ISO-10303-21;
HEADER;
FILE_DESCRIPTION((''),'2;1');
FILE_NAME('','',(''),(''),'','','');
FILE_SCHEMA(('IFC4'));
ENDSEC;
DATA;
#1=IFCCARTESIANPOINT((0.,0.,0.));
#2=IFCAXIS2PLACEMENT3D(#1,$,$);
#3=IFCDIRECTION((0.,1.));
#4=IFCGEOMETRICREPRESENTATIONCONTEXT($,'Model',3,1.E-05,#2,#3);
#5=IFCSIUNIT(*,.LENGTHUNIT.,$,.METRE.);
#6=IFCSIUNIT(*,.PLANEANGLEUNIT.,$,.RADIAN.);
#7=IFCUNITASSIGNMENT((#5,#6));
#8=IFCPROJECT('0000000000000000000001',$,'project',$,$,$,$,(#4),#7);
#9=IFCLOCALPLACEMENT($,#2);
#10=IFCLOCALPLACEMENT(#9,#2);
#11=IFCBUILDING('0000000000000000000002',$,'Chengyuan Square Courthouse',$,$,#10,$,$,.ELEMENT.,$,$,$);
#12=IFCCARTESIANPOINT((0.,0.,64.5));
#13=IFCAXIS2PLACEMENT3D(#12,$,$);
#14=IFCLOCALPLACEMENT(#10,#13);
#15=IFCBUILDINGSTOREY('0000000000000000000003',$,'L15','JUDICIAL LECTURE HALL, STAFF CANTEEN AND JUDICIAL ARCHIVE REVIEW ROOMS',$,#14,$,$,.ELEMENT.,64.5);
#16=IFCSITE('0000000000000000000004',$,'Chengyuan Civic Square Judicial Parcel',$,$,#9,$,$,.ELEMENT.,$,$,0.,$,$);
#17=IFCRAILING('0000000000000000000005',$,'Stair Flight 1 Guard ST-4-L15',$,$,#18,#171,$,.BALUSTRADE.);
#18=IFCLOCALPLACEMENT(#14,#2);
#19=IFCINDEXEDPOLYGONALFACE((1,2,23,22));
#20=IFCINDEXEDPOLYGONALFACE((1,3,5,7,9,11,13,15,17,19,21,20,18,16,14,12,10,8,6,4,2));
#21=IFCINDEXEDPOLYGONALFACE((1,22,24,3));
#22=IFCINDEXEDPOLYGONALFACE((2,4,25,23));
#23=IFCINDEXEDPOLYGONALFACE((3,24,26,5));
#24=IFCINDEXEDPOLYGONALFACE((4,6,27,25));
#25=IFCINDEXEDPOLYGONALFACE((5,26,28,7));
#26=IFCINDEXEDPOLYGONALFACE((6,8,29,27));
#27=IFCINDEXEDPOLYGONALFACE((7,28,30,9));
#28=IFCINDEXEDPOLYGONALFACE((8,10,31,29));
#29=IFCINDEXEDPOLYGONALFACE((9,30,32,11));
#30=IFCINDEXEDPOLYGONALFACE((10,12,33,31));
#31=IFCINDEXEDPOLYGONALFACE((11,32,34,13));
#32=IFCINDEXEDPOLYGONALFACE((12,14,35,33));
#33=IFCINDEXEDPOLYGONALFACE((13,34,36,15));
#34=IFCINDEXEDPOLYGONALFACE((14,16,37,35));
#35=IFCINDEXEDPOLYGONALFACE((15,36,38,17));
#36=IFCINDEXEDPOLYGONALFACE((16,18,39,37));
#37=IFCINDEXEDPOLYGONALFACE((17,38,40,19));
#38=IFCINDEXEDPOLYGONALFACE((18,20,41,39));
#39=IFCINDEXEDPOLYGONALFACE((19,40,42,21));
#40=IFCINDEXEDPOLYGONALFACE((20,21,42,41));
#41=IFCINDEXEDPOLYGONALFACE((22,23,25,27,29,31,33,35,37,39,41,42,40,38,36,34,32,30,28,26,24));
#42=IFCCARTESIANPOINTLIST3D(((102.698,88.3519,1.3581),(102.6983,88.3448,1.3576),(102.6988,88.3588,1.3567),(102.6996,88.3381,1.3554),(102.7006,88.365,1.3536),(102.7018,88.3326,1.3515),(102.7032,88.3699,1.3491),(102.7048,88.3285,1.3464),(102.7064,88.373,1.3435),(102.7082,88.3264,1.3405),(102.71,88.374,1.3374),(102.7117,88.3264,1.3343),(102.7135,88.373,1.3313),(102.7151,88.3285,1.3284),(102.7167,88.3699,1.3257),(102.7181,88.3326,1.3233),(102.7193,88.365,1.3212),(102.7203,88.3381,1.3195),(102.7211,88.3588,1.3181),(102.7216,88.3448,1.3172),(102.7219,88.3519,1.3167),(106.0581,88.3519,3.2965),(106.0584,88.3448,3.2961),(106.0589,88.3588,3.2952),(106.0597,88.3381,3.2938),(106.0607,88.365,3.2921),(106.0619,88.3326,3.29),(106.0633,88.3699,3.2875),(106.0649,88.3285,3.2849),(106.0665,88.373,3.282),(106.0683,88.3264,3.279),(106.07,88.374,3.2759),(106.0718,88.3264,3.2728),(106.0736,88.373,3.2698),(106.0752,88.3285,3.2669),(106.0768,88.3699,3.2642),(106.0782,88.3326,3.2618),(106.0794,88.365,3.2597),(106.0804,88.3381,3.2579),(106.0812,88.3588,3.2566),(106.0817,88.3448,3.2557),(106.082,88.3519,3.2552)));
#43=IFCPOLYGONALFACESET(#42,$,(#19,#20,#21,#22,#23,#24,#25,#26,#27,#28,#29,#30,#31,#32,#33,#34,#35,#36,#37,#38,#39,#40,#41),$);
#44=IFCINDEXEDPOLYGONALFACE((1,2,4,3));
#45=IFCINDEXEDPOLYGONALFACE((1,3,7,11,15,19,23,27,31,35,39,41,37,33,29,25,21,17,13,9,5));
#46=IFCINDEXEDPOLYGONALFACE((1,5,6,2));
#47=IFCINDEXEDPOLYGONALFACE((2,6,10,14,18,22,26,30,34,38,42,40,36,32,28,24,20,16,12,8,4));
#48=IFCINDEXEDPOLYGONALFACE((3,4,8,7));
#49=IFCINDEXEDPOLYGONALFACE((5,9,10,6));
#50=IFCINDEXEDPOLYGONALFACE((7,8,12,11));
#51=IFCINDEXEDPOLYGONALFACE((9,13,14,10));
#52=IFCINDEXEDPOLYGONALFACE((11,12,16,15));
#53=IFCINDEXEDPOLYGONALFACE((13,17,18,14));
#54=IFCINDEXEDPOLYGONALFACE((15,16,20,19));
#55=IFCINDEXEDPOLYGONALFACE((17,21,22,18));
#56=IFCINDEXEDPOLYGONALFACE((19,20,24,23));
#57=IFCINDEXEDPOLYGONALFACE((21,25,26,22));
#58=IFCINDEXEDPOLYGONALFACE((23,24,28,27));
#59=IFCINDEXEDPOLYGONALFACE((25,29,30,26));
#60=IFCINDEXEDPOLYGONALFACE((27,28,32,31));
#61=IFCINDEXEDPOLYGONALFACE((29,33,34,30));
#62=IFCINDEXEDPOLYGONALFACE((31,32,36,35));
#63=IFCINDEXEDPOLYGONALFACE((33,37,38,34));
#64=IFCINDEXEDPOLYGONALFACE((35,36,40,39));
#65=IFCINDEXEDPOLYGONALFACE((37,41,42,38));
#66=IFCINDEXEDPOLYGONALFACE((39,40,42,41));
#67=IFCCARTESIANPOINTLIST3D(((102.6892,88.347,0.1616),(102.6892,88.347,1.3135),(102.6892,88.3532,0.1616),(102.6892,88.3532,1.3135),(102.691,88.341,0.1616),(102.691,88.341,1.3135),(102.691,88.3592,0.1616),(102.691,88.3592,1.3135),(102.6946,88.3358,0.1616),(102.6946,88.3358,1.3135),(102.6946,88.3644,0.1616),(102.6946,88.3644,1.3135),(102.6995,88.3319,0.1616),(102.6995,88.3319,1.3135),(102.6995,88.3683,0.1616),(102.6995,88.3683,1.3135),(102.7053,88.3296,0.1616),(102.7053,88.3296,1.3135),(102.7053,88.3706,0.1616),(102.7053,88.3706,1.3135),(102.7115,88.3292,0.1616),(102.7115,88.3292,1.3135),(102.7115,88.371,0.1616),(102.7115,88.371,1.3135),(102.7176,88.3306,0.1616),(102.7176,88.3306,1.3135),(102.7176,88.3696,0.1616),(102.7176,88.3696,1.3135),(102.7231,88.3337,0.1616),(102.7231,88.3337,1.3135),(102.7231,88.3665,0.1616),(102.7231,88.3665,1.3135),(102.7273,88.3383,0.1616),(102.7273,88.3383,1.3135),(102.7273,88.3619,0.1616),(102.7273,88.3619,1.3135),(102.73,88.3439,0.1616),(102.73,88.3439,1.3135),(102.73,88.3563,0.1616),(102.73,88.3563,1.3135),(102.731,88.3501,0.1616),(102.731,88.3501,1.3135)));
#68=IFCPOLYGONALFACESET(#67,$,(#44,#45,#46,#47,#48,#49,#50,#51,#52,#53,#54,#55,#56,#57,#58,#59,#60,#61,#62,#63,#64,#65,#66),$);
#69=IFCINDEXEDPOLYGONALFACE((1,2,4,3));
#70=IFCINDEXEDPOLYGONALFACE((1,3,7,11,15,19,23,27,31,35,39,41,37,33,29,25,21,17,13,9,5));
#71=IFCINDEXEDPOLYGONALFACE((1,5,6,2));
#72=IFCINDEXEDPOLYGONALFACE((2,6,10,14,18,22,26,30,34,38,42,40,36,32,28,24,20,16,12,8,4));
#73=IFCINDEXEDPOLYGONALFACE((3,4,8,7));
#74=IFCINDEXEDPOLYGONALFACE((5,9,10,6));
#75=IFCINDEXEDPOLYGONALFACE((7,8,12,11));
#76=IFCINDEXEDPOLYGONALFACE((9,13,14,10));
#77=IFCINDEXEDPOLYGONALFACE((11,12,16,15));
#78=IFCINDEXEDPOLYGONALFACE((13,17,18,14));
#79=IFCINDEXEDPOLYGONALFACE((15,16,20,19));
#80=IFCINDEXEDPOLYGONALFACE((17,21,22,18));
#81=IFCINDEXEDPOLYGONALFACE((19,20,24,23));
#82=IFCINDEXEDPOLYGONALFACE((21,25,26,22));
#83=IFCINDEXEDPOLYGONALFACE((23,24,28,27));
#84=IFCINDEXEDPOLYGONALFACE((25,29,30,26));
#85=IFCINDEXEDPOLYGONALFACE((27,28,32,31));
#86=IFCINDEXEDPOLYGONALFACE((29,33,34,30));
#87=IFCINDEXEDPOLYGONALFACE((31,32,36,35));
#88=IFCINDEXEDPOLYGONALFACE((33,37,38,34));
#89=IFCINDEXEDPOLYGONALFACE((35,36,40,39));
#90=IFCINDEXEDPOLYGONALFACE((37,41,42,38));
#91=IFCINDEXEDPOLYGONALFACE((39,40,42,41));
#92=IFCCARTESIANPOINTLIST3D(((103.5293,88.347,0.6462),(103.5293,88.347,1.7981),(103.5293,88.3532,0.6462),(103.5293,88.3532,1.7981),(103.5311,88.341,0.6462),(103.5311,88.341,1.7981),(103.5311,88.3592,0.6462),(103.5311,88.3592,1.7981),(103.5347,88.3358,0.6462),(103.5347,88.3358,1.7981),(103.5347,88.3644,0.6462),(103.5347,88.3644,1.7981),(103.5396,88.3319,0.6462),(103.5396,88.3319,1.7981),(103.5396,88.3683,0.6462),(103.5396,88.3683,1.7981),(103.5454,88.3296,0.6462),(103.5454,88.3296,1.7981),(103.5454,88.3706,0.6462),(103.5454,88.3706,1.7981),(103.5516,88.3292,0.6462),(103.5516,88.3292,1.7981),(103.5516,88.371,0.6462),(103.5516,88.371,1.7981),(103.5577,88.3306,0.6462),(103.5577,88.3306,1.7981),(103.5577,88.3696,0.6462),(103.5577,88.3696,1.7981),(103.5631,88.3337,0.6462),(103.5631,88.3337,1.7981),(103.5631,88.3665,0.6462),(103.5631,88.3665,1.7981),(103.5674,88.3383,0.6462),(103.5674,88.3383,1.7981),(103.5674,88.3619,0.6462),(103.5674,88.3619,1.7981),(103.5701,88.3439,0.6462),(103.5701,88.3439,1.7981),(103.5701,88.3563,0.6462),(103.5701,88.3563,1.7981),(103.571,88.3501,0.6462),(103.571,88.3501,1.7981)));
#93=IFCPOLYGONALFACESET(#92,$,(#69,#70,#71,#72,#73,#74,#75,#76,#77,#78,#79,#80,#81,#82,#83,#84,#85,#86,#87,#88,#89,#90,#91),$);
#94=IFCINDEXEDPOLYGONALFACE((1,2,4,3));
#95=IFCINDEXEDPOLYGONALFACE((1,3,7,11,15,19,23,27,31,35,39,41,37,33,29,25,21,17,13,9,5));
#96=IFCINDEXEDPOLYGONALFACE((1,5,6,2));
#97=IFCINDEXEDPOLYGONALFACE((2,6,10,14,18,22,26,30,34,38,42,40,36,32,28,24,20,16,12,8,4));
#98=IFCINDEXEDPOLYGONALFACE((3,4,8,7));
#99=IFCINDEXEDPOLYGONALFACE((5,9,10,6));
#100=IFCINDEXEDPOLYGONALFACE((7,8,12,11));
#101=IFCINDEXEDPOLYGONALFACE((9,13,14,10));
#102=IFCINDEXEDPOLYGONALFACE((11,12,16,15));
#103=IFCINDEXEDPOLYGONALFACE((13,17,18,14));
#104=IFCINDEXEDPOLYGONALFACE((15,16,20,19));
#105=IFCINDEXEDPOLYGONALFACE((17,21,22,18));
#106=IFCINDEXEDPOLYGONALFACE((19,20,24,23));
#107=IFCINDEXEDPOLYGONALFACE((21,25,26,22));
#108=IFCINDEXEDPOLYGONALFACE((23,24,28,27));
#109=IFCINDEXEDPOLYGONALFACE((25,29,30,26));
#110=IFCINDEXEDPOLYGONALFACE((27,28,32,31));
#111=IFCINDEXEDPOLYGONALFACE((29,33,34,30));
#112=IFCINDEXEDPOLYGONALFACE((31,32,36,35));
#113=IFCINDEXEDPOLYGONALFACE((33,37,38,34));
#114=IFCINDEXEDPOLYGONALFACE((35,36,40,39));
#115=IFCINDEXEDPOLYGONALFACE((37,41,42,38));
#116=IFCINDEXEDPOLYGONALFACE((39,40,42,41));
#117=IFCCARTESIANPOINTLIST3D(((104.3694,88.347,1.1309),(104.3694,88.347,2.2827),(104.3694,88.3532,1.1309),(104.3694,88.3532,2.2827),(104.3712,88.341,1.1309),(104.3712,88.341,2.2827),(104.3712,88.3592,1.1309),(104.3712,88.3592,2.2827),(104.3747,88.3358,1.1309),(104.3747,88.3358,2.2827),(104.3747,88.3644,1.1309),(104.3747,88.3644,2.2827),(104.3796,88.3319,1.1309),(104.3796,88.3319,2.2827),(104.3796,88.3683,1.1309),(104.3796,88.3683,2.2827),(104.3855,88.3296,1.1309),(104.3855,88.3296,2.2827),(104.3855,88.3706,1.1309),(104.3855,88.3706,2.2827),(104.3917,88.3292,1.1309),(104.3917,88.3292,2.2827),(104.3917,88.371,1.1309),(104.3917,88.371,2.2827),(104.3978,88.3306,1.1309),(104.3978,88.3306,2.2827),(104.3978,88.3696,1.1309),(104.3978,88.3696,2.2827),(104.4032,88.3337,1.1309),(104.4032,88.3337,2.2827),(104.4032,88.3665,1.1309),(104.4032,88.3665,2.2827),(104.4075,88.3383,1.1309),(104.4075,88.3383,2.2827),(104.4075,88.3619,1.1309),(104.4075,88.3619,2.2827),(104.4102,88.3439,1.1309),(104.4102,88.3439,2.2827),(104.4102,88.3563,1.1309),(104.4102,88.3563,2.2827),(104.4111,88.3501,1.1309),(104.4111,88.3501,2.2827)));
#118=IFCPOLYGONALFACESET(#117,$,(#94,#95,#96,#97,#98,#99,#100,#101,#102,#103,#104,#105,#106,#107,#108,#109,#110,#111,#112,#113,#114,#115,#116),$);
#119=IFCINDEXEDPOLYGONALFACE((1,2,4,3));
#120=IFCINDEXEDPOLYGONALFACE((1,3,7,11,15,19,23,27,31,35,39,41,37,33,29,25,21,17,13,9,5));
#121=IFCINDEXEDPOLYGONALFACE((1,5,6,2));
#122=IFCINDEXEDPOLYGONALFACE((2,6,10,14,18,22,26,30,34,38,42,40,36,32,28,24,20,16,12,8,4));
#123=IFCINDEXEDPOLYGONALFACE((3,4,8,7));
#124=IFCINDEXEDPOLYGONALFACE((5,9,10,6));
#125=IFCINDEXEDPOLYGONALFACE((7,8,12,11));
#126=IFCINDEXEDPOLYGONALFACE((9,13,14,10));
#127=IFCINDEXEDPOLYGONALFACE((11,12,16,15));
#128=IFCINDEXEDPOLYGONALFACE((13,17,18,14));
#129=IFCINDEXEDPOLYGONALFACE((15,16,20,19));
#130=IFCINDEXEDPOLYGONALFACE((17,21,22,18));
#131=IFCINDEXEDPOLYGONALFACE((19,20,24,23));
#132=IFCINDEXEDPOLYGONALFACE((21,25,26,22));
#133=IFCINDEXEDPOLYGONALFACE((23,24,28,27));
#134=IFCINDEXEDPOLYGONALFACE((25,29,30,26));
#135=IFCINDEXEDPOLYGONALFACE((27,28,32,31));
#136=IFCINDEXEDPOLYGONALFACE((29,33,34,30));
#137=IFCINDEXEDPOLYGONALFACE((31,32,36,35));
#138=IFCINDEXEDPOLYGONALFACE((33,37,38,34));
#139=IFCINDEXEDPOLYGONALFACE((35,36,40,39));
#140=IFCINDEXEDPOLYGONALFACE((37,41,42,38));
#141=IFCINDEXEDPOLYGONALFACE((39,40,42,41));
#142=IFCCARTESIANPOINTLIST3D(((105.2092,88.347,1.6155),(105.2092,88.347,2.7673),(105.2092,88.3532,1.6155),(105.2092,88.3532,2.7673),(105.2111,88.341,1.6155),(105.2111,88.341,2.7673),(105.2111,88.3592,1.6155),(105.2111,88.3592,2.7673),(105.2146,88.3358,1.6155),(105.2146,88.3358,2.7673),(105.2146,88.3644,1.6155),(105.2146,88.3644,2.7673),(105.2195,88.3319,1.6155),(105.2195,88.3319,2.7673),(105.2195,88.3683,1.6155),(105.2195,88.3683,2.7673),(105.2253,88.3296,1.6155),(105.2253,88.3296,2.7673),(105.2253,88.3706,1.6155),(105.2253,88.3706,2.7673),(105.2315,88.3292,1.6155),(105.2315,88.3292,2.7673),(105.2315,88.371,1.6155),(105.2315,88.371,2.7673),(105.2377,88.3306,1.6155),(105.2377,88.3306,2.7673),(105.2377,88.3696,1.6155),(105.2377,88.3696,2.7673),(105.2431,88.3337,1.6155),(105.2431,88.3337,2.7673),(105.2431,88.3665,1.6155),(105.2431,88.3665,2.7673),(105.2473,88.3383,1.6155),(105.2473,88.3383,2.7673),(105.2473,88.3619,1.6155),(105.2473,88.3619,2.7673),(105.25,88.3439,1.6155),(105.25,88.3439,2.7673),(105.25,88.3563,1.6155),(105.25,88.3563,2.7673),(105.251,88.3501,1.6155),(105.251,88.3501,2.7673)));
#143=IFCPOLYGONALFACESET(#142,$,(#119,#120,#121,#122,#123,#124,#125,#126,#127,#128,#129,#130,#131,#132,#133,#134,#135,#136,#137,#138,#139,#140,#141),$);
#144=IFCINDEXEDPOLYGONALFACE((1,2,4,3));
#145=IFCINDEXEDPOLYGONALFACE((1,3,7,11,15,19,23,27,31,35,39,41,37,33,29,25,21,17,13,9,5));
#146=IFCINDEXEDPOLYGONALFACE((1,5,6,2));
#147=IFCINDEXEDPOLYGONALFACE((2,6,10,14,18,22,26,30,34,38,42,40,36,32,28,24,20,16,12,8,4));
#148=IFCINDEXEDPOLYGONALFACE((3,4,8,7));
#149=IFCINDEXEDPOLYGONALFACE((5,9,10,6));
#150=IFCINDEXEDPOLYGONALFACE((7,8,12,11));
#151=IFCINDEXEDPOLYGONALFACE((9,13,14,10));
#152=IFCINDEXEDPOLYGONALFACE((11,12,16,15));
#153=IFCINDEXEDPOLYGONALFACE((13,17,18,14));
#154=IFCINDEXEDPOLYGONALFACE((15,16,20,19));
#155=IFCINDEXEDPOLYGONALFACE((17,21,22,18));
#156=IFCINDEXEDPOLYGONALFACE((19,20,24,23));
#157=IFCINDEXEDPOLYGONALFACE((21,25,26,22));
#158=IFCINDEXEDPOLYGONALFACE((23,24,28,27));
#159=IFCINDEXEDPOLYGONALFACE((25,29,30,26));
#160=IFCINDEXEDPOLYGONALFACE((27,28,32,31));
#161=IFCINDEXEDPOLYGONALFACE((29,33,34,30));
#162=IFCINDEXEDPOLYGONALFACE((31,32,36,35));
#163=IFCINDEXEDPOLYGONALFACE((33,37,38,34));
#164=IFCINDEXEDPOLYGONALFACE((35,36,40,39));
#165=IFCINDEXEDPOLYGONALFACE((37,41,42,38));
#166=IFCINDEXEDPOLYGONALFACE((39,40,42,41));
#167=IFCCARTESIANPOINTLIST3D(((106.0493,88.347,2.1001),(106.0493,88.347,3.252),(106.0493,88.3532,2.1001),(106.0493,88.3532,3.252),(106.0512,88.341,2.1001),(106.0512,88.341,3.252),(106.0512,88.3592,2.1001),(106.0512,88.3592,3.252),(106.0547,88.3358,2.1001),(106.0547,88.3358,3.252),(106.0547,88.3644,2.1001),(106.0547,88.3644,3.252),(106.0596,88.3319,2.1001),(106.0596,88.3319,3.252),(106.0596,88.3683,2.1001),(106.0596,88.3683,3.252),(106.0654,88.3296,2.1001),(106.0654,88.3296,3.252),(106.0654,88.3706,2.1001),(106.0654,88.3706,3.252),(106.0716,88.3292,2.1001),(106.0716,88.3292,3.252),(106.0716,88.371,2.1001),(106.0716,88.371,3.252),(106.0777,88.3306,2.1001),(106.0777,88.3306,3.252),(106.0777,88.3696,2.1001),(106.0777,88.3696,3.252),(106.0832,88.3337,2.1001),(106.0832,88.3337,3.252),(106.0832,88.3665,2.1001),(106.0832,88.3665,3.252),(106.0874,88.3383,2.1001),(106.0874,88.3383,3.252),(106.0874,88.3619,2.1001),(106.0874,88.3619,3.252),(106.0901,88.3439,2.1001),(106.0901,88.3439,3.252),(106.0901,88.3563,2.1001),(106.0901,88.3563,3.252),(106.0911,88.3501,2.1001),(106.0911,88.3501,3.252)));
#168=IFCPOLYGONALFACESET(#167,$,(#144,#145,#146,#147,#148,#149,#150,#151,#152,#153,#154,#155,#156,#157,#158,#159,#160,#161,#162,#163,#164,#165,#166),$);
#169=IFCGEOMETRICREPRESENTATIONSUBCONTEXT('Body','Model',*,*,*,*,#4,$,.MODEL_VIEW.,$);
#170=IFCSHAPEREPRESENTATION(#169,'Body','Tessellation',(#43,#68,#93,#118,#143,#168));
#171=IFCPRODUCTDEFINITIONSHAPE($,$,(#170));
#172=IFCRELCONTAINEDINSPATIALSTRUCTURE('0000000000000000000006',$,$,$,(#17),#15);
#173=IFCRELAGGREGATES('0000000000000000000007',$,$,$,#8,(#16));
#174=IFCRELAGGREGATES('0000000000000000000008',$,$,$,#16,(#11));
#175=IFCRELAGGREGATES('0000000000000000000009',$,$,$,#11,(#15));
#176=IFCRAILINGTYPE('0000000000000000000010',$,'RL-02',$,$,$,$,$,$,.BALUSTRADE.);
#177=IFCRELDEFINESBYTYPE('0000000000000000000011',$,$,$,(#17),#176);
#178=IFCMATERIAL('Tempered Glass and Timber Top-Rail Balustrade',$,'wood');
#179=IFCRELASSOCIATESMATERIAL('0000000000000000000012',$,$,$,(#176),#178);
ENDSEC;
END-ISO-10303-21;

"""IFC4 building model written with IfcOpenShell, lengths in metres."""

from ifc_helpers import new_model, si_unit, direction, frame, origin, origin_2d, place, context, subcontext, project, spatial, circle, extrude, material, type_object, element, save


model = new_model("IFC4")

# Units and contexts
model_context = context("Model", 3, precision=1e-05, world=origin(), true_north=direction((0.0, 1.0)))
body_context = subcontext(model_context, "Body", "Model", "MODEL_VIEW")
ifc_project = project(units=[si_unit("LENGTHUNIT", "METRE"), si_unit("PLANEANGLEUNIT", "RADIAN")], contexts=[model_context])

# Site, building, storey
site_placement = place(None, origin())
site = spatial("IfcSite", under=ifc_project, at=site_placement, Name="Chengyuan Civic Square Judicial Parcel", CompositionType="ELEMENT", RefElevation=0.0)
building_placement = place(site_placement, origin())
building = spatial("IfcBuilding", under=site, at=building_placement, Name="Chengyuan Square Courthouse", CompositionType="ELEMENT")
storey_placement = place(building_placement, frame((0.0, 0.0, 64.5)))
storey = spatial("IfcBuildingStorey", under=building, at=storey_placement, Name="L15", Description="JUDICIAL LECTURE HALL, STAFF CANTEEN AND JUDICIAL ARCHIVE REVIEW ROOMS", CompositionType="ELEMENT", Elevation=64.5)

# Railing
ifc_material_1 = material(Name="Tempered Glass and Timber Top-Rail Balustrade", Category="wood")
railing_type_1 = type_object("IfcRailingType", Name="RL-02", PredefinedType="BALUSTRADE", material=ifc_material_1)
railing_1_placement = place(storey_placement, frame((102.71, 88.3501, 0.1616)))
element("IfcRailing", 1, at=railing_1_placement, inside=storey, type_object=railing_type_1, Name="Stair Flight 1 Guard ST-4-L15", PredefinedType="BALUSTRADE", context=body_context, shape_type="SweptSolid", body=[
    extrude(circle(Radius=0.0239, at=origin_2d()), frame((0.0, 0.0, 1.1758), z_axis=(0.866191, 0.0, 0.499713), x_axis=(0.0, 1.0, 0.0)), (0.0, 0.0, 1.0), 3.8792),
    extrude(circle(Radius=0.021, at=origin_2d()), origin(), (0.0, 0.0, 1.0), 1.1519),
    extrude(circle(Radius=0.021, at=origin_2d()), frame((0.8401, 0.0, 0.4846)), (0.0, 0.0, 1.0), 1.1519),
    extrude(circle(Radius=0.021, at=origin_2d()), frame((1.6802, 0.0, 0.9692)), (0.0, 0.0, 1.0), 1.1519),
    extrude(circle(Radius=0.021, at=origin_2d()), frame((2.52, 0.0, 1.4539)), (0.0, 0.0, 1.0), 1.1519),
    extrude(circle(Radius=0.021, at=origin_2d()), frame((3.3601, 0.0, 1.9385)), (0.0, 0.0, 1.0), 1.1519),
])

save(model, "model.ifc")
